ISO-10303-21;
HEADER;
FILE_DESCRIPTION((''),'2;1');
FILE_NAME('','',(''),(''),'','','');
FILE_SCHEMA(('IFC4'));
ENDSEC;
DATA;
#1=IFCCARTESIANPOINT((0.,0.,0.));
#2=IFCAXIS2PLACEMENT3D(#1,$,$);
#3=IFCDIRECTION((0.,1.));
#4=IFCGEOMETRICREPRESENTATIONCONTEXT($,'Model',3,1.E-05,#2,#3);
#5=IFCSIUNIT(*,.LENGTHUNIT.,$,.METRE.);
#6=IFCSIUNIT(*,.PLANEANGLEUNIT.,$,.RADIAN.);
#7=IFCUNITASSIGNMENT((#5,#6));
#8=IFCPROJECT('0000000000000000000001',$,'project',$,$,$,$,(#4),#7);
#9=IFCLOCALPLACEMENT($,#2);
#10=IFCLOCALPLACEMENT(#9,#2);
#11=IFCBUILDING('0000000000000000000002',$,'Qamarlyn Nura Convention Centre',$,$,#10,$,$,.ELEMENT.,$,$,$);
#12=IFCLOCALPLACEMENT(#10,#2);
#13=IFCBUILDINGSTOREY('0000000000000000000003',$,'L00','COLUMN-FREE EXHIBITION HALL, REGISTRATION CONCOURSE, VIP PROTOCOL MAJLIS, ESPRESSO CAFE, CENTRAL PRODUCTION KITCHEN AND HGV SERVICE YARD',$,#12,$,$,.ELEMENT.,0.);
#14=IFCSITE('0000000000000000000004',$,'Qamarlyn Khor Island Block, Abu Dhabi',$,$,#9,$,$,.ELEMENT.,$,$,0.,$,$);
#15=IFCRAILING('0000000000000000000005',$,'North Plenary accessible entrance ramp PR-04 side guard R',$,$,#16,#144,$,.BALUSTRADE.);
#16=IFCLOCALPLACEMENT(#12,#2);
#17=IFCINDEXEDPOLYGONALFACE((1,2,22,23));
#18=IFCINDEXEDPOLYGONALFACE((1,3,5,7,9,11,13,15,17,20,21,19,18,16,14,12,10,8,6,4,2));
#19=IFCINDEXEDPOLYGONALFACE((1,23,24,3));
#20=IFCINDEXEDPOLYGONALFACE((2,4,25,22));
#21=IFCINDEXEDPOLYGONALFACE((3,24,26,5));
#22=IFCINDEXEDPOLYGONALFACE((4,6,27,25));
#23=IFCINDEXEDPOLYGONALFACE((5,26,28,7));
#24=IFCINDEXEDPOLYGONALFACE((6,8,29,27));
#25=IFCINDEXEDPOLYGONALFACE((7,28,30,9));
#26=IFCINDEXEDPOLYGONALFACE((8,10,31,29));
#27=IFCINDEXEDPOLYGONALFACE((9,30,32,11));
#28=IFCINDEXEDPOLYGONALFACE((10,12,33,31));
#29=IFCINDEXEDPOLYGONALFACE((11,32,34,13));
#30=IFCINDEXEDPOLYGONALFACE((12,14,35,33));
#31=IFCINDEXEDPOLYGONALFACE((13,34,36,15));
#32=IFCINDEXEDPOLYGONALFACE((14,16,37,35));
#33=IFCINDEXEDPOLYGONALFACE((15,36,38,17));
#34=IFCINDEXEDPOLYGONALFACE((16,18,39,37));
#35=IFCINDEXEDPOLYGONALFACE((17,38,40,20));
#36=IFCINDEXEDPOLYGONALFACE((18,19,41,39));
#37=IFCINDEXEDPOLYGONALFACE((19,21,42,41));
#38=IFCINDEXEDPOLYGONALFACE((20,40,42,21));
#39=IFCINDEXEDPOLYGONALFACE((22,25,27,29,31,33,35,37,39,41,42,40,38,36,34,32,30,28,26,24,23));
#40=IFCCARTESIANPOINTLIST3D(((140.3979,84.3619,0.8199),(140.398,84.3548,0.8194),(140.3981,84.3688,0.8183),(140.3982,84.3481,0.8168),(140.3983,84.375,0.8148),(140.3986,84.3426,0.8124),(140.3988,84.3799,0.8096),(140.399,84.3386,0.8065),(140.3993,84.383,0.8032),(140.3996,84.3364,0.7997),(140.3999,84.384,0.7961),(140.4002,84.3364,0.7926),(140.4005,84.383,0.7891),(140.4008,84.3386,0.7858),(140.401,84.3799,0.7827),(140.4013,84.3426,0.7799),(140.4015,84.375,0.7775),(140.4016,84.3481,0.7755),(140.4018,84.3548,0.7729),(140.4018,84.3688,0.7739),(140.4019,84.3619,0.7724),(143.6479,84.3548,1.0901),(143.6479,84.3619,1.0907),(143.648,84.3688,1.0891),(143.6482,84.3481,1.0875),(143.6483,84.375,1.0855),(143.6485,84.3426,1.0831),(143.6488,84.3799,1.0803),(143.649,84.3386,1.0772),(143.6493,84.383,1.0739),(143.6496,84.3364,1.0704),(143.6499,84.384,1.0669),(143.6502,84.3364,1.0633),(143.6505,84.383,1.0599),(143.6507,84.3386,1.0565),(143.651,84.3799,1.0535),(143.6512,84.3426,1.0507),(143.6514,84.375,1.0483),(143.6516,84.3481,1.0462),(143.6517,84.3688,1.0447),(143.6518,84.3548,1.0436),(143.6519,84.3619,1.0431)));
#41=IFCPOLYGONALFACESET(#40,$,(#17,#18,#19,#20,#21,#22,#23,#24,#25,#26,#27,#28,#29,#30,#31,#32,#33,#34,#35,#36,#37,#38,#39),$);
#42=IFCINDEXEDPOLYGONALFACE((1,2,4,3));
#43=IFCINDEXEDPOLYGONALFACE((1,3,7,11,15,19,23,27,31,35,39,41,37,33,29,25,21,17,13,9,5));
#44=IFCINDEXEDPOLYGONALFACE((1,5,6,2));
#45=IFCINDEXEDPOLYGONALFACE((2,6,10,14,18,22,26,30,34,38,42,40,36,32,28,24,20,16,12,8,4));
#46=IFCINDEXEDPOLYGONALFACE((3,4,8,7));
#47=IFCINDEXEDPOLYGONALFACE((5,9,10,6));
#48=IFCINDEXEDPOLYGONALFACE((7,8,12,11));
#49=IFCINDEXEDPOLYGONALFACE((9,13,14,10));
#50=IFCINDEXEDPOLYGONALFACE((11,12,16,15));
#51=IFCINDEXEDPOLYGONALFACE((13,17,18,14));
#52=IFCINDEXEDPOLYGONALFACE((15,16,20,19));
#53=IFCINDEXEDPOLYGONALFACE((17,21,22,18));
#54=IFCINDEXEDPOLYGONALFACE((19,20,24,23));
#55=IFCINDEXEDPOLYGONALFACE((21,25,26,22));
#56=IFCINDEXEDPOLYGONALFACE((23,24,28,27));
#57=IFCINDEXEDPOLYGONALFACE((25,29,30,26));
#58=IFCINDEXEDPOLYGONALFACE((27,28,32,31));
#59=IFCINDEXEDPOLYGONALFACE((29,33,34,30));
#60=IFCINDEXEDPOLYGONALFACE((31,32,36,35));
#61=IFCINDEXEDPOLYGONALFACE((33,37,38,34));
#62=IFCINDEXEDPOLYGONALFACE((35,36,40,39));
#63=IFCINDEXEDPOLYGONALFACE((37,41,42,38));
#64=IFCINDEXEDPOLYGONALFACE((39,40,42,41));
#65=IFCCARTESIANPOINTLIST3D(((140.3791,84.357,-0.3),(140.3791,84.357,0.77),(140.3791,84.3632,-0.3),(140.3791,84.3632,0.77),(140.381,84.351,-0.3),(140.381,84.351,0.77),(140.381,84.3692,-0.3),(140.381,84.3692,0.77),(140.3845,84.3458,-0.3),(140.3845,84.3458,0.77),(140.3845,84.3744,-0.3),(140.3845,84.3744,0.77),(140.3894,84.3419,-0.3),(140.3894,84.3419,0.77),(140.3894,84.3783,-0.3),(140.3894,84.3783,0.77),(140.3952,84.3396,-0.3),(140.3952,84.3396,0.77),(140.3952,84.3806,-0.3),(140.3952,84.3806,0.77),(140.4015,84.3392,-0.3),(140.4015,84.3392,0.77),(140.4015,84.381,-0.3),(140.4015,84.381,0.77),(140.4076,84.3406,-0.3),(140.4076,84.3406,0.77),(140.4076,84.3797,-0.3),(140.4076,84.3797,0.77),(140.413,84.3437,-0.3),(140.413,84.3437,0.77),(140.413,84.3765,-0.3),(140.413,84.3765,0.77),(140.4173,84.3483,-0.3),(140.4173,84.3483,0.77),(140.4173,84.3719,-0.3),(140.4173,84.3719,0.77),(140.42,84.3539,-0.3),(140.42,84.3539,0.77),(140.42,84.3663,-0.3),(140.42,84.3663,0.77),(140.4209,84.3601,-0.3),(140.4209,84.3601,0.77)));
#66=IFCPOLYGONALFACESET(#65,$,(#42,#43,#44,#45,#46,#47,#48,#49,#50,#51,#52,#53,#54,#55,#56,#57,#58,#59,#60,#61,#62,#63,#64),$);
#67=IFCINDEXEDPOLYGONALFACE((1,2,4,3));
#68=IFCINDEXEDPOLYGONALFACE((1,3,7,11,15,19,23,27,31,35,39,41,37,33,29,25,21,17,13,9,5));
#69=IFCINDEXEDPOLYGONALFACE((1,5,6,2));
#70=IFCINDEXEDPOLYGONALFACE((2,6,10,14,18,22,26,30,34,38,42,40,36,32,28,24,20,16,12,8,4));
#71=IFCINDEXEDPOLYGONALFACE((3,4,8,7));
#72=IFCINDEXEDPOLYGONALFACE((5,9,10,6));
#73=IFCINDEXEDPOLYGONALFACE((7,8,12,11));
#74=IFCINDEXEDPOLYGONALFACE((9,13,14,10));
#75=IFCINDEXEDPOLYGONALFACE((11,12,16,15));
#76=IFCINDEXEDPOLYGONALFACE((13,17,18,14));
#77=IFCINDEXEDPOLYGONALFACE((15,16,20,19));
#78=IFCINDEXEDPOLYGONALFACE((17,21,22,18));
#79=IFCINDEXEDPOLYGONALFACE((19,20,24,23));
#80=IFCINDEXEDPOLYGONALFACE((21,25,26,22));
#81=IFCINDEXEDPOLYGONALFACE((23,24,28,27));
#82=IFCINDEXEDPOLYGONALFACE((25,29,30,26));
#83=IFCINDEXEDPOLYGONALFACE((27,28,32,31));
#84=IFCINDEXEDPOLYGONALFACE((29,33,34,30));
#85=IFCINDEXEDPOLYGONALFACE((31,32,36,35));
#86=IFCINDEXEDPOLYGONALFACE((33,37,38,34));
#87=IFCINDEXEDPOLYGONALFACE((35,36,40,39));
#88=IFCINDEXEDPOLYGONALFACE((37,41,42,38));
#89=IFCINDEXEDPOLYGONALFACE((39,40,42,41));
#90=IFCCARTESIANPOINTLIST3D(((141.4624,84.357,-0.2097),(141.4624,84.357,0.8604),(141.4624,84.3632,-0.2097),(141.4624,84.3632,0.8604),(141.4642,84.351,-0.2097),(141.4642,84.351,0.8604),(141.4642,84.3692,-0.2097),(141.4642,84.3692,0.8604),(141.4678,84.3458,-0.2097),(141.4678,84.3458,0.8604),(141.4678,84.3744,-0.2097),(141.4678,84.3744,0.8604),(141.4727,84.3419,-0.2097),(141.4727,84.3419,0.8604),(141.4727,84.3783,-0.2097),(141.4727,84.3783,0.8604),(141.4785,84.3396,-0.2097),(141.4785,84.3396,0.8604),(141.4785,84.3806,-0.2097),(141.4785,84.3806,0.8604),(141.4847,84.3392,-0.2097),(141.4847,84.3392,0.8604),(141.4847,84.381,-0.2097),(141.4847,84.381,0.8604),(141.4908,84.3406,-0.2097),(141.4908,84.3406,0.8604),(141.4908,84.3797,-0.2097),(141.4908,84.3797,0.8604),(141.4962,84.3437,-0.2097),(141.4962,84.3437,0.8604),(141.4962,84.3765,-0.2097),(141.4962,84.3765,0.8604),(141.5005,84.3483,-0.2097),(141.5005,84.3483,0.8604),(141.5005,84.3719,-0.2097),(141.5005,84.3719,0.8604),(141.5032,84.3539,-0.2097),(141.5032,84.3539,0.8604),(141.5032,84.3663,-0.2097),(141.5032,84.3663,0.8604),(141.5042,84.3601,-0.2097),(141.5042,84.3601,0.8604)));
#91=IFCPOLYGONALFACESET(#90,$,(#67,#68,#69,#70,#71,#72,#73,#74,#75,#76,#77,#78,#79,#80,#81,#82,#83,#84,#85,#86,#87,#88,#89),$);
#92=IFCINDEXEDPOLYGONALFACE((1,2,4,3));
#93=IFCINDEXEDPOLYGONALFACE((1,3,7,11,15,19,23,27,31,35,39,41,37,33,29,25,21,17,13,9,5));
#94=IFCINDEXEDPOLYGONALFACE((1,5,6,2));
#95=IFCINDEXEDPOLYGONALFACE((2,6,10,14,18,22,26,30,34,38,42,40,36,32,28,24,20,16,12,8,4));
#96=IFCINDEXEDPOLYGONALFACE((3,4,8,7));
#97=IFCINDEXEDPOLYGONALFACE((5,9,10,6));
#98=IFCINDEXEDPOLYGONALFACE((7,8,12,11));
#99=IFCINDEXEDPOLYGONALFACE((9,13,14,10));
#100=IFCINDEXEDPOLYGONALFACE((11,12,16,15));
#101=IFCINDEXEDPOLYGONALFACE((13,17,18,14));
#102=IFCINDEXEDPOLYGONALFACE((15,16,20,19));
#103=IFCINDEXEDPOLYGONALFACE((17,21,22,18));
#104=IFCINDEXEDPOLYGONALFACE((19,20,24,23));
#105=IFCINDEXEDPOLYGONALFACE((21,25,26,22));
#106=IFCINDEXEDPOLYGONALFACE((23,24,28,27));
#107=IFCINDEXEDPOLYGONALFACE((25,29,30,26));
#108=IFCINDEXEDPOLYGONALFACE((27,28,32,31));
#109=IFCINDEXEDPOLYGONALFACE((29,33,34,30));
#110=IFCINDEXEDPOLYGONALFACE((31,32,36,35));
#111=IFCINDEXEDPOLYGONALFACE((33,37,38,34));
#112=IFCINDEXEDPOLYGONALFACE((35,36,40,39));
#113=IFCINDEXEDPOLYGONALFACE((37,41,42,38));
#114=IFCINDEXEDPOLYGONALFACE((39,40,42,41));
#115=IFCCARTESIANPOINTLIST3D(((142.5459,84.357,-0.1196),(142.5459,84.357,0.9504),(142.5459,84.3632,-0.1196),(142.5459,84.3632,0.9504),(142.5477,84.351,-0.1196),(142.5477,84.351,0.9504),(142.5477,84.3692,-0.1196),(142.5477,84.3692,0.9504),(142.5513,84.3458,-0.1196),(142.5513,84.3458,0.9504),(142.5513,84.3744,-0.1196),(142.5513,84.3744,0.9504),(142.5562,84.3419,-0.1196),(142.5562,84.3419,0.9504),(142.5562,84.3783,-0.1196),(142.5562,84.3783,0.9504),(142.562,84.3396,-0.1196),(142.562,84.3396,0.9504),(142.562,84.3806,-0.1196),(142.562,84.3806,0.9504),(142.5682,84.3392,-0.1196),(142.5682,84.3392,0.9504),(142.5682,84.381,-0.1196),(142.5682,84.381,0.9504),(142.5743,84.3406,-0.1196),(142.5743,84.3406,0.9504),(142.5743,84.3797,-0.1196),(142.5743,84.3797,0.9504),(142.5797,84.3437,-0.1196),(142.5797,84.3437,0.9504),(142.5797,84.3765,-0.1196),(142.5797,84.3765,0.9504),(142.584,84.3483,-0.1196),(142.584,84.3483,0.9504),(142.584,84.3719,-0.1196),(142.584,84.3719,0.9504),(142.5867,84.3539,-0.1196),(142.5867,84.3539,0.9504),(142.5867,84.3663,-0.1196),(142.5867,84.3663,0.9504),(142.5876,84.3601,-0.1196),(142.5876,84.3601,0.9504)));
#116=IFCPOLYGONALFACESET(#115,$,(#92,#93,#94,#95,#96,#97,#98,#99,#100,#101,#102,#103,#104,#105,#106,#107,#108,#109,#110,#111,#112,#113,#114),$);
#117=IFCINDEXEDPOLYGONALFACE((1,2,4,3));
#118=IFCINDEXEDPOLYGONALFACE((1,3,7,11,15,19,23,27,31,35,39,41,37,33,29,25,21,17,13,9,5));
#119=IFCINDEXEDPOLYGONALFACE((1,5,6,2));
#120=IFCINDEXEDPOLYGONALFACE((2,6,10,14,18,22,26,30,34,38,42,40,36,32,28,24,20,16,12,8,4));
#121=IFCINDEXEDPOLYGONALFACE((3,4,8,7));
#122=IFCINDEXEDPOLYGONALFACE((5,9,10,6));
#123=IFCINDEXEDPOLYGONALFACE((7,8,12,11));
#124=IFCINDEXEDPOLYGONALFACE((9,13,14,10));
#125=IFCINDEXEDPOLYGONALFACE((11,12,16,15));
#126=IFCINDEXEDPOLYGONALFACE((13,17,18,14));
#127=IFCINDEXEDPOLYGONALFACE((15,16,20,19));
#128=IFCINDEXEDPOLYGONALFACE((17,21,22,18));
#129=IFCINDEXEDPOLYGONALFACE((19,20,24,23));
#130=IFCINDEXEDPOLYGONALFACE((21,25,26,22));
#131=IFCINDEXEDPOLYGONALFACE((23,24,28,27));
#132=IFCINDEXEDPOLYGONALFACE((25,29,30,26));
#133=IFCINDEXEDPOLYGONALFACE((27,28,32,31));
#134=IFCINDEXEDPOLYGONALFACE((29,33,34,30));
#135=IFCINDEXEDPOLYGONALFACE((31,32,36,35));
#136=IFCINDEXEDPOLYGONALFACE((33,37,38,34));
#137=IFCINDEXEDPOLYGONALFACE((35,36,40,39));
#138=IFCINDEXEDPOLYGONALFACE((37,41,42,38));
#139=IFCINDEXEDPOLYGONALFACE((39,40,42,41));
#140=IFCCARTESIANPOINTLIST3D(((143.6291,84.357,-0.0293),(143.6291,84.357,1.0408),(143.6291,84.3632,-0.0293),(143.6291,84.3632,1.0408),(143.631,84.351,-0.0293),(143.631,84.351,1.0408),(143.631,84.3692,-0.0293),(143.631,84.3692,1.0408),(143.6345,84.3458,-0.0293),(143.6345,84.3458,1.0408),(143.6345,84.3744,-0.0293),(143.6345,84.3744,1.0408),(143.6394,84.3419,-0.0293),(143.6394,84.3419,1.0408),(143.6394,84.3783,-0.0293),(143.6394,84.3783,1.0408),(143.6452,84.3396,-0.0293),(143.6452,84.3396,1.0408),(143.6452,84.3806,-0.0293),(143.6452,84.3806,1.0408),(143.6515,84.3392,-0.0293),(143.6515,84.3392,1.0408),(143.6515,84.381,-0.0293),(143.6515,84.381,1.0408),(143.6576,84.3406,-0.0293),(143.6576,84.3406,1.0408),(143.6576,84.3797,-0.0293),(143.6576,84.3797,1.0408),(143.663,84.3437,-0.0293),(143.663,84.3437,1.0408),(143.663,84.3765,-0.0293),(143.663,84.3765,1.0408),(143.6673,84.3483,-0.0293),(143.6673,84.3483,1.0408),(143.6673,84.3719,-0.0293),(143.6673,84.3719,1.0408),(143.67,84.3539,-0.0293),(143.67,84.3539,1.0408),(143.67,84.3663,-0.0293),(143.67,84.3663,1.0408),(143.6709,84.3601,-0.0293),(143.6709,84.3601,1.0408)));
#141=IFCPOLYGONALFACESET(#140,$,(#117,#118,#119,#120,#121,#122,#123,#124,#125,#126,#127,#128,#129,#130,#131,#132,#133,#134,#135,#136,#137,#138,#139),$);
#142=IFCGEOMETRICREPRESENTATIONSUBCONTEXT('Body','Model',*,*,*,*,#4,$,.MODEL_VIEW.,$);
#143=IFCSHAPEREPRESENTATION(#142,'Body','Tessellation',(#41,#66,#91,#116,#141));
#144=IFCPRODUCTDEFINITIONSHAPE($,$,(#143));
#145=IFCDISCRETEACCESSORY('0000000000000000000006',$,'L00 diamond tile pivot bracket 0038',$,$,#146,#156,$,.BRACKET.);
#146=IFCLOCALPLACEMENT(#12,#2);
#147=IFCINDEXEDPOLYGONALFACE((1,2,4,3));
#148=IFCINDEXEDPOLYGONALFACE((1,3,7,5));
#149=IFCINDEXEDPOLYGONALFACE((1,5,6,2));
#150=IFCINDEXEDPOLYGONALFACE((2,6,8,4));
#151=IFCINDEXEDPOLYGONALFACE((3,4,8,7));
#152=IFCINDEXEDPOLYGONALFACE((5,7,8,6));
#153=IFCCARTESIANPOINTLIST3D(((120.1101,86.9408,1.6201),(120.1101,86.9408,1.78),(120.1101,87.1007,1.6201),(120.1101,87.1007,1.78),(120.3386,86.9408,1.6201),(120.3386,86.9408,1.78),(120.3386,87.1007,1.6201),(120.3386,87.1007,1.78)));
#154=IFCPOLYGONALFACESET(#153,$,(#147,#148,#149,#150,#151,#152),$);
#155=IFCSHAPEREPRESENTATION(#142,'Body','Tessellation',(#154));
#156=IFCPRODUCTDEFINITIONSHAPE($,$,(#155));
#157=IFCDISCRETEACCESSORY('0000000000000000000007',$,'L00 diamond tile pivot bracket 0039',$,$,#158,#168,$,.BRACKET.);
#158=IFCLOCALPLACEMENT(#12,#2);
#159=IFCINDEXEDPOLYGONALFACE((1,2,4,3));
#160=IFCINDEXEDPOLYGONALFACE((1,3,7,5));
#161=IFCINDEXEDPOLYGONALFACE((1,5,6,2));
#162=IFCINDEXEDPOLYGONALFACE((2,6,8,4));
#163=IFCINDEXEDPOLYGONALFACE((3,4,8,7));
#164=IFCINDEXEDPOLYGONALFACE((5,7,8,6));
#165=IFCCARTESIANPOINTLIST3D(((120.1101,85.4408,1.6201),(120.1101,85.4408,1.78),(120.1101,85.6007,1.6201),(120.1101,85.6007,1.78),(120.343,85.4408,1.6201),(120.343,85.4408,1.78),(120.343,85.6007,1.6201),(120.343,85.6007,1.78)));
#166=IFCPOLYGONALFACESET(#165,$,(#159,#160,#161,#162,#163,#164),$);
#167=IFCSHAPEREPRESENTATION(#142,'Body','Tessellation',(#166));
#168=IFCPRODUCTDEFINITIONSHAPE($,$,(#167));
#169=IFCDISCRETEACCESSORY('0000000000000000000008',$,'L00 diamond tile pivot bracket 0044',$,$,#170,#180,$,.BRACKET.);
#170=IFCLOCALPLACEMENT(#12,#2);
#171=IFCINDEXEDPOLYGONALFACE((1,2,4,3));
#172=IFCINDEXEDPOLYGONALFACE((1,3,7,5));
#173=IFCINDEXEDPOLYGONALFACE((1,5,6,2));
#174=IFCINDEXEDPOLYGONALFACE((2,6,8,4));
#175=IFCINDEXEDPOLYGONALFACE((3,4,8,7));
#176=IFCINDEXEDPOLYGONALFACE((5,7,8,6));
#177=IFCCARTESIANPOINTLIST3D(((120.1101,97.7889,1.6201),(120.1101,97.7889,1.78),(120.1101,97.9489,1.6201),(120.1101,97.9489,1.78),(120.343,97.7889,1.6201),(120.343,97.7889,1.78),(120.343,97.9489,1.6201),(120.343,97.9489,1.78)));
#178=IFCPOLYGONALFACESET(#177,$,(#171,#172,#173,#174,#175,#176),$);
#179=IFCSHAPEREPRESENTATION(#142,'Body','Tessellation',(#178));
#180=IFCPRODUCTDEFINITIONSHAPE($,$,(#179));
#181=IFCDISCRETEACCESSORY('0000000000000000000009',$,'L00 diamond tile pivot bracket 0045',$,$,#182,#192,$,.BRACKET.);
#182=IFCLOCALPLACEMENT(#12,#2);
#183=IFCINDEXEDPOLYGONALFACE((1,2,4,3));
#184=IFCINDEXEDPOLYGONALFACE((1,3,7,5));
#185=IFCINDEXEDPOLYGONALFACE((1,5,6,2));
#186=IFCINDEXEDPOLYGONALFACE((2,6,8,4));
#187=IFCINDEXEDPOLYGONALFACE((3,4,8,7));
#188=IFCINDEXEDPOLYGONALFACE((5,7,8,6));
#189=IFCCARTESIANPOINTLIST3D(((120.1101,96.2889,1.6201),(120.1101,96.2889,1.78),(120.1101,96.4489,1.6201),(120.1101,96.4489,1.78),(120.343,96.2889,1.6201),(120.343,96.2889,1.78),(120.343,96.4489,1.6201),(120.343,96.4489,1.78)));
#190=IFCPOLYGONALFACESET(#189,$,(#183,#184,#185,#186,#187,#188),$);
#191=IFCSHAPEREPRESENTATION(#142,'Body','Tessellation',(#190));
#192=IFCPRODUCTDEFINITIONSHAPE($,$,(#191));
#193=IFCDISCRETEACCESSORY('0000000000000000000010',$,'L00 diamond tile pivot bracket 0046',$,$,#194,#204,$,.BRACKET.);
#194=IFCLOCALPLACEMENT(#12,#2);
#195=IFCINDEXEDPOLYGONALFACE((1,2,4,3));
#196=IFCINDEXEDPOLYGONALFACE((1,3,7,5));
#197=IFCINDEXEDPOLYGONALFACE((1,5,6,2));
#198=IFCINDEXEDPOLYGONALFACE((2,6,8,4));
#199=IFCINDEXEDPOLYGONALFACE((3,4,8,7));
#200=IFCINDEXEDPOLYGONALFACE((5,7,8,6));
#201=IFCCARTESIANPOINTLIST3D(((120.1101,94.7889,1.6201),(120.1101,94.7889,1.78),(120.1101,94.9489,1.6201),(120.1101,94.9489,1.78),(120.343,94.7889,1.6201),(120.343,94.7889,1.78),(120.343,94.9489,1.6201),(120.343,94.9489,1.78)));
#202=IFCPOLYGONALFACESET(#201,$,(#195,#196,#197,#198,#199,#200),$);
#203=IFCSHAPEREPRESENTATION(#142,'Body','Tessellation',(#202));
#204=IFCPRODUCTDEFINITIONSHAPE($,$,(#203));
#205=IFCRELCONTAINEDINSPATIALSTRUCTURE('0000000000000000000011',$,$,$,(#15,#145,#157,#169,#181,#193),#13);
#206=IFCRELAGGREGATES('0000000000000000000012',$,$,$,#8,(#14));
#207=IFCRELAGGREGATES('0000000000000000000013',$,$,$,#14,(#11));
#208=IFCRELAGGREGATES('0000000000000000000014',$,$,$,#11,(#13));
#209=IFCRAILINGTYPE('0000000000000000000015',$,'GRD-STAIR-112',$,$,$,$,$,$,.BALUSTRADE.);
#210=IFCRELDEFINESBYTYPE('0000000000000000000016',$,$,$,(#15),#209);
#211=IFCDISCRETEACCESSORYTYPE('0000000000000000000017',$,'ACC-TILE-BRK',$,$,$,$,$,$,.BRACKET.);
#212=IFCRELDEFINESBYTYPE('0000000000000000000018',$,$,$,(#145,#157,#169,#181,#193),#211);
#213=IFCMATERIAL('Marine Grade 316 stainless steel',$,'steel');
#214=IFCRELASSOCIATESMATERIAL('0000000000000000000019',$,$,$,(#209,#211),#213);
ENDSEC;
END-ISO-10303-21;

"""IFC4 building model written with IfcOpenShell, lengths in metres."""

from ifc_helpers import new_model, si_unit, direction, frame, origin, origin_2d, place, context, subcontext, project, spatial, rectangle, circle, extrude, material, type_object, element, save


model = new_model("IFC4")

# Units and contexts
model_context = context("Model", 3, precision=1e-05, world=origin(), true_north=direction((0.0, 1.0)))
body_context = subcontext(model_context, "Body", "Model", "MODEL_VIEW")
ifc_project = project(units=[si_unit("LENGTHUNIT", "METRE"), si_unit("PLANEANGLEUNIT", "RADIAN")], contexts=[model_context])

# Site, building, storey
site_placement = place(None, origin())
site = spatial("IfcSite", under=ifc_project, at=site_placement, Name="Qamarlyn Khor Island Block, Abu Dhabi", CompositionType="ELEMENT", RefElevation=0.0)
building_placement = place(site_placement, origin())
building = spatial("IfcBuilding", under=site, at=building_placement, Name="Qamarlyn Nura Convention Centre", CompositionType="ELEMENT")
storey_placement = place(building_placement, origin())
storey = spatial("IfcBuildingStorey", under=building, at=storey_placement, Name="L00", Description="COLUMN-FREE EXHIBITION HALL, REGISTRATION CONCOURSE, VIP PROTOCOL MAJLIS, ESPRESSO CAFE, CENTRAL PRODUCTION KITCHEN AND HGV SERVICE YARD", CompositionType="ELEMENT", Elevation=0.0)

# Railing
ifc_material_1 = material(Name="Marine Grade 316 stainless steel", Category="steel")
railing_type = type_object("IfcRailingType", Name="GRD-STAIR-112", PredefinedType="BALUSTRADE", material=ifc_material_1)
for number, where, name in (
    (1, (140.3999, 84.3601, -0.3), "North Plenary accessible entrance ramp PR-04 side guard R"),
):
    element("IfcRailing", number, at=place(storey_placement, frame(where)), inside=storey, type_object=railing_type, Name=name, PredefinedType="BALUSTRADE", context=body_context, shape_type="SweptSolid", body=[
        extrude(circle(Radius=0.0239, at=origin_2d()), frame((0.0, 0.0, 1.0962), z_axis=(0.996548, 0.0, 0.083021), x_axis=(0.0, 1.0, 0.0)), (0.0, 0.0, 1.0), 3.2612),
        extrude(circle(Radius=0.021, at=origin_2d()), origin(), (0.0, 0.0, 1.0), 1.0701),
        extrude(circle(Radius=0.021, at=origin_2d()), frame((1.0833, 0.0, 0.0903)), (0.0, 0.0, 1.0), 1.0701),
        extrude(circle(Radius=0.021, at=origin_2d()), frame((2.1667, 0.0, 0.1804)), (0.0, 0.0, 1.0), 1.0701),
        extrude(circle(Radius=0.021, at=origin_2d()), frame((3.25, 0.0, 0.2708)), (0.0, 0.0, 1.0), 1.0701),
    ])

# Discrete accessories
discrete_accessory_type = type_object("IfcDiscreteAccessoryType", Name="ACC-TILE-BRK", PredefinedType="BRACKET", material=ifc_material_1)
discrete_accessory_placement = place(storey_placement, frame((120.2244, 87.0208, 1.6201), z_axis=(0.0, 0.0, 1.0), x_axis=(1.0, 0.0, 0.0)))
element("IfcDiscreteAccessory", 2, at=discrete_accessory_placement, inside=storey, type_object=discrete_accessory_type, Name="L00 diamond tile pivot bracket 0038", PredefinedType="BRACKET", context=body_context, shape_type="SweptSolid", body=[
    extrude(rectangle(XDim=0.2285, YDim=0.1599, at=origin_2d()), origin(), (0.0, 0.0, 1.0), 0.1599),
])
for number, where, z_axis, x_axis, name in (
    (3, (120.2266, 85.5208, 1.6201), (0.0, 0.0, 1.0), (1.0, 0.0, 0.0), "L00 diamond tile pivot bracket 0039"),
    (4, (120.2266, 97.8689, 1.6201), (0.0, 0.0, 1.0), (1.0, 0.0, 0.0), "L00 diamond tile pivot bracket 0044"),
    (5, (120.2266, 96.3689, 1.6201), (0.0, 0.0, 1.0), (1.0, 0.0, 0.0), "L00 diamond tile pivot bracket 0045"),
    (6, (120.2266, 94.8689, 1.6201), (0.0, 0.0, 1.0), (1.0, 0.0, 0.0), "L00 diamond tile pivot bracket 0046"),
):
    element("IfcDiscreteAccessory", number, at=place(storey_placement, frame(where, z_axis=z_axis, x_axis=x_axis)), inside=storey, type_object=discrete_accessory_type, Name=name, PredefinedType="BRACKET", context=body_context, shape_type="SweptSolid", body=[
        extrude(rectangle(XDim=0.2329, YDim=0.1599, at=origin_2d()), origin(), (0.0, 0.0, 1.0), 0.1599),
    ])

save(model, "model.ifc")
